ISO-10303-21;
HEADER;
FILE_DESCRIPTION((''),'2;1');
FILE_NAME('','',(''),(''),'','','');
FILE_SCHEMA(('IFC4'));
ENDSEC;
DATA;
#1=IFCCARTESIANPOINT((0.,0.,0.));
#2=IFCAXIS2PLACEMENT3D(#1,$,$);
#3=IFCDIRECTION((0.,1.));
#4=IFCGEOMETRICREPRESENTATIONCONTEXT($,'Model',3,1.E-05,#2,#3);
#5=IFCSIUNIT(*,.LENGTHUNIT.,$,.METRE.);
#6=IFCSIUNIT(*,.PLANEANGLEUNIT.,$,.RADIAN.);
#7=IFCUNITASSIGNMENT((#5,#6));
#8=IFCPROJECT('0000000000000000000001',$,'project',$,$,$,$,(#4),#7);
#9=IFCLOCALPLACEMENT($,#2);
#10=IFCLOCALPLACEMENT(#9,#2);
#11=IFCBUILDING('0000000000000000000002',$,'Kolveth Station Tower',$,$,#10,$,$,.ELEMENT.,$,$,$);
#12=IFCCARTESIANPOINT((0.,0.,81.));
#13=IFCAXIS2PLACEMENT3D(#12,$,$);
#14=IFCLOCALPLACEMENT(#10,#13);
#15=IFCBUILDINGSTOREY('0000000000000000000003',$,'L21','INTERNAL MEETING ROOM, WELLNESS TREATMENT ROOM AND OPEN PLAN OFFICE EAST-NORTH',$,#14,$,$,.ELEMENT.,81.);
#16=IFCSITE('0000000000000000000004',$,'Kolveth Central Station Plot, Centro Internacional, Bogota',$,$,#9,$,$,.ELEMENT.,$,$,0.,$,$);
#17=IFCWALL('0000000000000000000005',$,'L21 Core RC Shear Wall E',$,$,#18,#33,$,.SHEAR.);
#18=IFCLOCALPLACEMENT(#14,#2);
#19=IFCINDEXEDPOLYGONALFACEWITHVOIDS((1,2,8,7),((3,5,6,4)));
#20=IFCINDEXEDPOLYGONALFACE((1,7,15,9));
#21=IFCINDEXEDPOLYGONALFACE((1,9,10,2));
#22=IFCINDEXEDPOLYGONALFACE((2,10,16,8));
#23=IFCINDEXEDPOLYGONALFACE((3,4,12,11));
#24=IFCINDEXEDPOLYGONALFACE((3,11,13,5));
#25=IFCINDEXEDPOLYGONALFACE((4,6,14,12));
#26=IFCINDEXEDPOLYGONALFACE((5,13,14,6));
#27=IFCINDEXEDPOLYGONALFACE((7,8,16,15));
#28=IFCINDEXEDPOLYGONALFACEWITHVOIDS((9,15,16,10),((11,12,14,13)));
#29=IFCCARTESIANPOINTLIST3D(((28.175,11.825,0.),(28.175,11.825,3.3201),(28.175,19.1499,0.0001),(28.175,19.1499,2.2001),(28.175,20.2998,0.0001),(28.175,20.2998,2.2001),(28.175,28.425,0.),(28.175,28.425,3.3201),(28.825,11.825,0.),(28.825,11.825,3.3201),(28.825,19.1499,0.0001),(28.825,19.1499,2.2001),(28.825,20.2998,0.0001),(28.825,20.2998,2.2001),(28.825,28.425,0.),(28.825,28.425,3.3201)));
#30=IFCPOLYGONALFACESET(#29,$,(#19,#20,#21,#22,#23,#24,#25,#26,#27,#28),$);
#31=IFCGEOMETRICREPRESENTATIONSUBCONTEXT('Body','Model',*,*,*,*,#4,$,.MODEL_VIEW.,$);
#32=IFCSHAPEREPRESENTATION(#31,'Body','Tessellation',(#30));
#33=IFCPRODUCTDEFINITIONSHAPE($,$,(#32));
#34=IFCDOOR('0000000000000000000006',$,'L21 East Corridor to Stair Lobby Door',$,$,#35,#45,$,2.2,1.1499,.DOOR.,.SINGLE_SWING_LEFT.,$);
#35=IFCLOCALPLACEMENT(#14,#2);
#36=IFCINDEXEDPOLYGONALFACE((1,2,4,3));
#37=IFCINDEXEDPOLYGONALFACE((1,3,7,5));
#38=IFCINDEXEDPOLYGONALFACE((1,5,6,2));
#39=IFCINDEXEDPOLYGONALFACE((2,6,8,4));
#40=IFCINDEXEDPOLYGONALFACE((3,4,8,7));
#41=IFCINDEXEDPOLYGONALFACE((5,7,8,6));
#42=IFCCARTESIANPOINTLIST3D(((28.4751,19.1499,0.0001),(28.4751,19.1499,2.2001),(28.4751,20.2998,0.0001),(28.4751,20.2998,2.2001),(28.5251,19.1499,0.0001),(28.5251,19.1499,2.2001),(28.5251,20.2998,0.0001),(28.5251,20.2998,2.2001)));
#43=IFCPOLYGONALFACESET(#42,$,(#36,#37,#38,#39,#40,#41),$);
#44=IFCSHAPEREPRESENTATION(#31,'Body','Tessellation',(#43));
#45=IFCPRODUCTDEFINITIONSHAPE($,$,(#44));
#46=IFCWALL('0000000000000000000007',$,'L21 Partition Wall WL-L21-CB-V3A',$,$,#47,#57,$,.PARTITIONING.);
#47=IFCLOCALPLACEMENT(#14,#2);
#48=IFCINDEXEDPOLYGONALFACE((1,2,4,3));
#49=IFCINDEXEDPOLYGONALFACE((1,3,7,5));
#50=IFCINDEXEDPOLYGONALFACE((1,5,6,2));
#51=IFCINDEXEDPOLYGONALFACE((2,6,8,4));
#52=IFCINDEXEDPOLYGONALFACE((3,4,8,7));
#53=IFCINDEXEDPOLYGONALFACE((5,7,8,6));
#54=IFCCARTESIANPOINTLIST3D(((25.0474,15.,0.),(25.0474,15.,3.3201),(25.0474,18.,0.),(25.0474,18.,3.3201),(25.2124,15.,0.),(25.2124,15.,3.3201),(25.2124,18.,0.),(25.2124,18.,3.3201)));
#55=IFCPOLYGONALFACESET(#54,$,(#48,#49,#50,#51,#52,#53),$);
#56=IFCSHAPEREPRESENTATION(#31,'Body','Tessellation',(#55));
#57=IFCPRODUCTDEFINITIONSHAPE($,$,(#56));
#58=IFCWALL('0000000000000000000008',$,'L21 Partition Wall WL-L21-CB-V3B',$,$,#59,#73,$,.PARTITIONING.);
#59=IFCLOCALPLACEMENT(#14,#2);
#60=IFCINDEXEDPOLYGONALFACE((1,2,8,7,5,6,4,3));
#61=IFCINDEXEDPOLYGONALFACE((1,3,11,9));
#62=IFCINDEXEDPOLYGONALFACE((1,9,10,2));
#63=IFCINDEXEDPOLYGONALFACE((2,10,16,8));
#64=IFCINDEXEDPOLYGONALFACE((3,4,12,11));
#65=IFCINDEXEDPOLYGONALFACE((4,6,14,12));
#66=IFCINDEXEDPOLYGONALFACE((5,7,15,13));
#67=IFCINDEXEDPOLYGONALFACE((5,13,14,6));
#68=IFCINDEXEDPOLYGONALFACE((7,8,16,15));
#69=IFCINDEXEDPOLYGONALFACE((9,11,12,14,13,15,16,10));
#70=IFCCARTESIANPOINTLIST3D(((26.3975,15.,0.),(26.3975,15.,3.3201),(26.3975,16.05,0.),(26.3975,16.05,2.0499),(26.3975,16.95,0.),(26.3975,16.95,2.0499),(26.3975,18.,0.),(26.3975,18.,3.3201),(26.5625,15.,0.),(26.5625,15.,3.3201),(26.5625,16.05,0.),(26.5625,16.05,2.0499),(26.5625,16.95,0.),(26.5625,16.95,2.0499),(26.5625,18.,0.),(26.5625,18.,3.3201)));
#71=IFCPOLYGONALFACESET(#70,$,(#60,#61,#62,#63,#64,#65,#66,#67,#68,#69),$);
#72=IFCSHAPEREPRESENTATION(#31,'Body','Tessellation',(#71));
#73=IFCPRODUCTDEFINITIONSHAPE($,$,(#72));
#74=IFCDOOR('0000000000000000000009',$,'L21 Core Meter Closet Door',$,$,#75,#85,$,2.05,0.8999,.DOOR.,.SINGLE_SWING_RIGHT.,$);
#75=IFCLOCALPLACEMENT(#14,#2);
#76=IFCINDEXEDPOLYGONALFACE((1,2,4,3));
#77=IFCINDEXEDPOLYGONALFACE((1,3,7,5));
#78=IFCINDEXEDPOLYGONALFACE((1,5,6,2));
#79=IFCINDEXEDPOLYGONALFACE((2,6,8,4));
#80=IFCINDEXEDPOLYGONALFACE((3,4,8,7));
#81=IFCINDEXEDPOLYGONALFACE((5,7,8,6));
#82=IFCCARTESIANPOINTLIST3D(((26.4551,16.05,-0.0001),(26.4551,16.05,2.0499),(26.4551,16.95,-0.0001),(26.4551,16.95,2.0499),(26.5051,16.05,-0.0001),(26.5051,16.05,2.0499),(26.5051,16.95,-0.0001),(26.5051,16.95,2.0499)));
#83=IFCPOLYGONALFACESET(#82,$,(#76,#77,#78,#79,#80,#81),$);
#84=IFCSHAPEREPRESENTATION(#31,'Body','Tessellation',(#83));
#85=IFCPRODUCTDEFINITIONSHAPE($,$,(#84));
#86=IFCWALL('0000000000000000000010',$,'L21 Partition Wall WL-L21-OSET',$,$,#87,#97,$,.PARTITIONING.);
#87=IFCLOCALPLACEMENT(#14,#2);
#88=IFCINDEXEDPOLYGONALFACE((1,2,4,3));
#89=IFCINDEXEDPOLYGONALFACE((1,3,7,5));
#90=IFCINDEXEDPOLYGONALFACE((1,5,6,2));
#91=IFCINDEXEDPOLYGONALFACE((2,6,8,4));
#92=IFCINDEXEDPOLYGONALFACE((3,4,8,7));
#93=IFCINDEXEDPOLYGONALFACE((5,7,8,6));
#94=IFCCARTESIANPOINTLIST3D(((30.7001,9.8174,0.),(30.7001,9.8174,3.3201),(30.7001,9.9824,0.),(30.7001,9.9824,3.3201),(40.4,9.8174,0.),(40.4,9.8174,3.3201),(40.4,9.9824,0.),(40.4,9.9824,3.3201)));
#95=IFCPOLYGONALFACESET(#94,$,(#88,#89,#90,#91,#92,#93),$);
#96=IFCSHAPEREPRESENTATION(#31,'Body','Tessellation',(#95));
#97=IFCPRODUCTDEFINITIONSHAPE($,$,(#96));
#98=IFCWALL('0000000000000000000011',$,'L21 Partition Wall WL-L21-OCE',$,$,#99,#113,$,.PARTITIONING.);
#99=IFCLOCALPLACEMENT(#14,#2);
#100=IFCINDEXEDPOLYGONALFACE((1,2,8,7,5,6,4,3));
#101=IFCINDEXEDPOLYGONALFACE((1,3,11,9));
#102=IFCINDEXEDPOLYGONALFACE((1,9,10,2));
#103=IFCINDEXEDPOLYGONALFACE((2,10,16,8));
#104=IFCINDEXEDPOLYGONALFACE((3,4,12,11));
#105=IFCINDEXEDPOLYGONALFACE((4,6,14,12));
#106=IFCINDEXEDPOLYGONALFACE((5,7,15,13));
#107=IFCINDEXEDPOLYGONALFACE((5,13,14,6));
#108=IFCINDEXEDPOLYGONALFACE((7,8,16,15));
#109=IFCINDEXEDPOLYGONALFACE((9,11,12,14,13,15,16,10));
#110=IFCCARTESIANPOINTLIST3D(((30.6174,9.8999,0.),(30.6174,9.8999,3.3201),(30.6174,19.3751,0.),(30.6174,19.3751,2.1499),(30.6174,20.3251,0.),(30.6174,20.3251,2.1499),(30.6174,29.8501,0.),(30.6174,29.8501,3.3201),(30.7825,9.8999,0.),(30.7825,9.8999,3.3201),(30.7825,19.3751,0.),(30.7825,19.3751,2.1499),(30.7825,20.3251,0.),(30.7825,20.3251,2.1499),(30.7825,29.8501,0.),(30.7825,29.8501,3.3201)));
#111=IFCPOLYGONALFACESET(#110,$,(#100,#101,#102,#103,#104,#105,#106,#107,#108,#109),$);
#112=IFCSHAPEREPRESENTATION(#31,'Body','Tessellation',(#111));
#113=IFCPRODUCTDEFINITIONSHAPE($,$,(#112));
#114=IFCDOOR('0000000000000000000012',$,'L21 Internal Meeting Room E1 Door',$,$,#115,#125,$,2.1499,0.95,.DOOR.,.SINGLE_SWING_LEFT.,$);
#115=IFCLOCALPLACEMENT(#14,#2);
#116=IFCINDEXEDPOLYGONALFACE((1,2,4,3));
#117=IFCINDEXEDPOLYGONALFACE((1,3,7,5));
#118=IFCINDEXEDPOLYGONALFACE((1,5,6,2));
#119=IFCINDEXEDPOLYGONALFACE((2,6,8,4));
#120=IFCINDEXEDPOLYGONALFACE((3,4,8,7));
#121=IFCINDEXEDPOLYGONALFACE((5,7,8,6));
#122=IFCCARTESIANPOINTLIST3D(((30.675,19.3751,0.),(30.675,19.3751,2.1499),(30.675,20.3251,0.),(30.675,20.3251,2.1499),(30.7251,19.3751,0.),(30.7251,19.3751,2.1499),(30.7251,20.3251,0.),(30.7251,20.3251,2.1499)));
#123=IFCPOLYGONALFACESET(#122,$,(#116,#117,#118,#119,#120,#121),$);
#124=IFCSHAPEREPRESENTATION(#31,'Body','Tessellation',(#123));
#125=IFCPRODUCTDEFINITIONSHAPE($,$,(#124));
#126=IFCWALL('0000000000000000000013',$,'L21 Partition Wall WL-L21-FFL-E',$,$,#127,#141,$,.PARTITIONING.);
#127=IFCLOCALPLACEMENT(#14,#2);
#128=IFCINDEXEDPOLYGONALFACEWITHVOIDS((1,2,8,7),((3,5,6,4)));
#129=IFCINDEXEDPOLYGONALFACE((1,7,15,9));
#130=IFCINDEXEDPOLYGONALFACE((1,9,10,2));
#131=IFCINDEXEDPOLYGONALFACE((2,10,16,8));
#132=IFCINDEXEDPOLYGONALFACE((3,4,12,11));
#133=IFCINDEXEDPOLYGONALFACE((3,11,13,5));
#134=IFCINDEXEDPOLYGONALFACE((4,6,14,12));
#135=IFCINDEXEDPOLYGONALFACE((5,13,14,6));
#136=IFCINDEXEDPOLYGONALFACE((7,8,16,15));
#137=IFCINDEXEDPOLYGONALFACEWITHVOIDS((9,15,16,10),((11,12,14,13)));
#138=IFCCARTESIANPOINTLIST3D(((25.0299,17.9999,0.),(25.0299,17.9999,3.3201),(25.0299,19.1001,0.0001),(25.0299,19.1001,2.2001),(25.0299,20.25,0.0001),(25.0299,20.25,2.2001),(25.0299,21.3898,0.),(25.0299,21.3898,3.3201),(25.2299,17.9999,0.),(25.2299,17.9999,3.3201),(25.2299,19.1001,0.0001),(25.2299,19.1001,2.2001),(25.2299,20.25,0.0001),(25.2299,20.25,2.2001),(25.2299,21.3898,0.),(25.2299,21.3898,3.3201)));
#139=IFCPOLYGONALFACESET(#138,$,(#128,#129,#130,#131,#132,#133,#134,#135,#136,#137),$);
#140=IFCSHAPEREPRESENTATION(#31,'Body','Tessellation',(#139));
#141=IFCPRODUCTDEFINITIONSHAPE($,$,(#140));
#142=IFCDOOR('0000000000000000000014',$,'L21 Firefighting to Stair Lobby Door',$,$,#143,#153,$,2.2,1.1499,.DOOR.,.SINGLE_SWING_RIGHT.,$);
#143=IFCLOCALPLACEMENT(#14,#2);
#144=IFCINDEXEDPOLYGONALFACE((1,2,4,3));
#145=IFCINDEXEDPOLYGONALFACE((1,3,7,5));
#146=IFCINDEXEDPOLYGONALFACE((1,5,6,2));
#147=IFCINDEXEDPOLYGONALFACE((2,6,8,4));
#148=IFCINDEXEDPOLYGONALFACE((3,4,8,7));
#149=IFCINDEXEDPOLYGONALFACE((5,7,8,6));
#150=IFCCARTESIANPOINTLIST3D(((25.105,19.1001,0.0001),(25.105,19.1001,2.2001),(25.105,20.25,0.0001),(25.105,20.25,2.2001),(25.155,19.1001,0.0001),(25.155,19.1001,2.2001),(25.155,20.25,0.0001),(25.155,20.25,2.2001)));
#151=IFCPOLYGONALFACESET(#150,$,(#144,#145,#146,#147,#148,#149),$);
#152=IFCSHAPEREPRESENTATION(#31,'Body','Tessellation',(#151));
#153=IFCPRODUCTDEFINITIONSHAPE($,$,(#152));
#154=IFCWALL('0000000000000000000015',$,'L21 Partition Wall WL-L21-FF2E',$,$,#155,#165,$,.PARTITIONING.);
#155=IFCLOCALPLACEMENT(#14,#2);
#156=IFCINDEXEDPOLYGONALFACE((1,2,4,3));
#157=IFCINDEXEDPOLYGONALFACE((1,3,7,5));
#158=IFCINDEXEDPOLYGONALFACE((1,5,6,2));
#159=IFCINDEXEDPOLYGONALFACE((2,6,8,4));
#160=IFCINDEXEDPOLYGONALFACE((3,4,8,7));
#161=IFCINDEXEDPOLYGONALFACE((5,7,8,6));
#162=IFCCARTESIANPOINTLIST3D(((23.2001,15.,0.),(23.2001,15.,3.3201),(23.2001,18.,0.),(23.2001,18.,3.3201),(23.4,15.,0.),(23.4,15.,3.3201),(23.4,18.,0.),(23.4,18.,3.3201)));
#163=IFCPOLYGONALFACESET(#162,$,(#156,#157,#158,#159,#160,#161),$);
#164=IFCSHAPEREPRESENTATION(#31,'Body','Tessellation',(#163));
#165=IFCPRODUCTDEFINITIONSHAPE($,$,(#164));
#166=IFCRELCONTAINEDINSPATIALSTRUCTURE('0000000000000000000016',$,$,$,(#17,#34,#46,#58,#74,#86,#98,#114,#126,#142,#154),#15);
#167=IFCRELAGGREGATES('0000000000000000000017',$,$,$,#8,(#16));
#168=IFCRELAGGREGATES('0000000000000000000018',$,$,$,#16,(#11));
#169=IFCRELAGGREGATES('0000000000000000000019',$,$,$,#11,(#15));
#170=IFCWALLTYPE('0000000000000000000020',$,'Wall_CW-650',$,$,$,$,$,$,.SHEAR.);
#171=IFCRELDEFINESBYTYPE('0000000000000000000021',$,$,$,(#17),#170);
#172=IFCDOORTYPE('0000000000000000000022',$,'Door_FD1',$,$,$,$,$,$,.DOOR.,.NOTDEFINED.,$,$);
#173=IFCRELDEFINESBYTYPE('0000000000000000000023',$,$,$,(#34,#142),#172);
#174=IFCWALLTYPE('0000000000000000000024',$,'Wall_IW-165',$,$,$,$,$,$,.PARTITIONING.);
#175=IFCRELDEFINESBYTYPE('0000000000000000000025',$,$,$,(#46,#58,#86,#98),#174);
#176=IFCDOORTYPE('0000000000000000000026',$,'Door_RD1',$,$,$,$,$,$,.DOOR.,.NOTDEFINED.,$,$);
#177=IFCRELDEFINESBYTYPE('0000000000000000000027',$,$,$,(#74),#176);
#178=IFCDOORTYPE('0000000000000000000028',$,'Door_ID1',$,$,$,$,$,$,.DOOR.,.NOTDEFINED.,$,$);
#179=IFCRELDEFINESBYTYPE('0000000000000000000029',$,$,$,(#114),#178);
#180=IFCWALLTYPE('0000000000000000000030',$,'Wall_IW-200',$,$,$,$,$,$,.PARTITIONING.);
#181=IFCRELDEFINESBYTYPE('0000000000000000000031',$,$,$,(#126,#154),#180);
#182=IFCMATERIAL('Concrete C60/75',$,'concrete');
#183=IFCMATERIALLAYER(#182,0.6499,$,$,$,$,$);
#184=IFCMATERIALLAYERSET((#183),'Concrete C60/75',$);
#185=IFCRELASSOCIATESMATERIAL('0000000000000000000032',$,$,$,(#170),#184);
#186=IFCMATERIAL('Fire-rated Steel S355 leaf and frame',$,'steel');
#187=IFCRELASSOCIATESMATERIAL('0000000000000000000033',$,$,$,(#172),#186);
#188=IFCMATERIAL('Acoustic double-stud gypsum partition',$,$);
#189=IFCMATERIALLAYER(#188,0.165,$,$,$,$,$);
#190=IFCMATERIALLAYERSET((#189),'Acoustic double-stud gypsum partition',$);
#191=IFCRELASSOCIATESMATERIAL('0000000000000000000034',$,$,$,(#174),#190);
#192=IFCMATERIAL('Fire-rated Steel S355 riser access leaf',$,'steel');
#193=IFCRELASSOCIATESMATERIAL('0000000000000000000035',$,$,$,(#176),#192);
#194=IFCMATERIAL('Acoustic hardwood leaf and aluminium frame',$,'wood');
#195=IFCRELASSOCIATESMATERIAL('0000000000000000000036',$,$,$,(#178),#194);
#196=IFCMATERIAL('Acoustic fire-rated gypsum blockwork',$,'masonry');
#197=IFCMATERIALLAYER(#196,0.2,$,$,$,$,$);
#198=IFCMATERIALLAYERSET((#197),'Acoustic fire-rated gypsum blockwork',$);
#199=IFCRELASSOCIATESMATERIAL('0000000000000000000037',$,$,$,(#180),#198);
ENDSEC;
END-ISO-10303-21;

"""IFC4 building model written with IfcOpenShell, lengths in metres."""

from ifc_helpers import new_model, si_unit, direction, frame, frame_2d, origin, place, context, subcontext, project, spatial, rectangle, extrude, material, layer, layer_set, type_object, element, fill, save


model = new_model("IFC4")

# Units and contexts
model_context = context("Model", 3, precision=1e-05, world=origin(), true_north=direction((0.0, 1.0)))
body_context = subcontext(model_context, "Body", "Model", "MODEL_VIEW")
ifc_project = project(units=[si_unit("LENGTHUNIT", "METRE"), si_unit("PLANEANGLEUNIT", "RADIAN")], contexts=[model_context])

# Site, building, storey
site_placement = place(None, origin())
site = spatial("IfcSite", under=ifc_project, at=site_placement, Name="Kolveth Central Station Plot, Centro Internacional, Bogota", CompositionType="ELEMENT", RefElevation=0.0)
building_placement = place(site_placement, origin())
building = spatial("IfcBuilding", under=site, at=building_placement, Name="Kolveth Station Tower", CompositionType="ELEMENT")
storey_placement = place(building_placement, frame((0.0, 0.0, 81.0)))
storey = spatial("IfcBuildingStorey", under=building, at=storey_placement, Name="L21", Description="INTERNAL MEETING ROOM, WELLNESS TREATMENT ROOM AND OPEN PLAN OFFICE EAST-NORTH", CompositionType="ELEMENT", Elevation=81.0)

# Wall, opening, door
ifc_material_1 = material(Name="Concrete C60/75", Category="concrete")
ifc_layer_1 = layer(ifc_material_1, 0.6499)
ifc_layer_set_1 = layer_set([ifc_layer_1], Name="Concrete C60/75")
wall_type_1 = type_object("IfcWallType", Name="Wall_CW-650", PredefinedType="SHEAR", material=ifc_layer_set_1)
wall_1_placement = place(storey_placement, frame((28.5, 11.825, 0.0), z_axis=(0.0, 0.0, 1.0), x_axis=(0.0, 1.0, 0.0)))
wall_1 = element("IfcWall", 1, at=wall_1_placement, inside=storey, type_object=wall_type_1, Name="L21 Core RC Shear Wall E", PredefinedType="SHEAR", context=body_context, shape_type="SweptSolid", body=[
    extrude(rectangle(XDim=16.6001, YDim=0.6499, at=frame_2d((8.3, 0.0))), origin(), (0.0, 0.0, 1.0), 3.3201),
])
opening_1_placement = place(wall_1_placement, frame((7.325, 0.0, 0.0)))
opening_1 = element("IfcOpeningElement", 2, at=opening_1_placement, cuts=wall_1, PredefinedType="OPENING", context=body_context, shape_type="SweptSolid", body=[
    extrude(rectangle(XDim=1.1499, YDim=2.2, at=frame_2d((0.575, 1.1001))), frame((0.0, 0.335, 0.0), z_axis=(0.0, -1.0, 0.0), x_axis=(1.0, 0.0, 0.0)), (0.0, 0.0, 1.0), 0.6699),
])
ifc_material_2 = material(Name="Fire-rated Steel S355 leaf and frame", Category="steel")
door_type_1 = type_object("IfcDoorType", Name="Door_FD1", OperationType="NOTDEFINED", PredefinedType="DOOR", material=ifc_material_2)
door_1_placement = place(opening_1_placement, origin())
door_1 = element("IfcDoor", 3, at=door_1_placement, inside=storey, type_object=door_type_1, Name="L21 East Corridor to Stair Lobby Door", OperationType="SINGLE_SWING_LEFT", OverallHeight=2.2, OverallWidth=1.1499, PredefinedType="DOOR", context=body_context, shape_type="SweptSolid", body=[
    extrude(rectangle(XDim=1.1499, YDim=2.2, at=frame_2d((0.575, 1.1001))), frame((0.0, 0.0249, 0.0), z_axis=(0.0, -1.0, 0.0), x_axis=(1.0, 0.0, 0.0)), (0.0, 0.0, 1.0), 0.05),
])
fill(opening_1, door_1)

# Wall
ifc_material_3 = material(Name="Acoustic double-stud gypsum partition")
ifc_layer_2 = layer(ifc_material_3, 0.165)
ifc_layer_set_2 = layer_set([ifc_layer_2], Name="Acoustic double-stud gypsum partition")
wall_type_2 = type_object("IfcWallType", Name="Wall_IW-165", PredefinedType="PARTITIONING", material=ifc_layer_set_2)
wall_2_placement = place(storey_placement, frame((25.1299, 15.0, 0.0), z_axis=(0.0, 0.0, 1.0), x_axis=(0.0, 1.0, 0.0)))
element("IfcWall", 4, at=wall_2_placement, inside=storey, type_object=wall_type_2, Name="L21 Partition Wall WL-L21-CB-V3A", PredefinedType="PARTITIONING", context=body_context, shape_type="SweptSolid", body=[
    extrude(rectangle(XDim=3.0, YDim=0.165, at=frame_2d((1.5, 0.0))), origin(), (0.0, 0.0, 1.0), 3.3201),
])

# Wall, opening, door
wall_3_placement = place(storey_placement, frame((26.48, 15.0, 0.0), z_axis=(0.0, 0.0, 1.0), x_axis=(0.0, 1.0, 0.0)))
wall_3 = element("IfcWall", 5, at=wall_3_placement, inside=storey, type_object=wall_type_2, Name="L21 Partition Wall WL-L21-CB-V3B", PredefinedType="PARTITIONING", context=body_context, shape_type="SweptSolid", body=[
    extrude(rectangle(XDim=3.0, YDim=0.165, at=frame_2d((1.5, 0.0))), origin(), (0.0, 0.0, 1.0), 3.3201),
])
opening_2_placement = place(wall_3_placement, frame((1.05, 0.0, 0.0)))
opening_2 = element("IfcOpeningElement", 6, at=opening_2_placement, cuts=wall_3, PredefinedType="OPENING", context=body_context, shape_type="SweptSolid", body=[
    extrude(rectangle(XDim=0.8999, YDim=2.05, at=frame_2d((0.45, 1.0249))), frame((0.0, 0.0925, 0.0), z_axis=(0.0, -1.0, 0.0), x_axis=(1.0, 0.0, 0.0)), (0.0, 0.0, 1.0), 0.1851),
])
ifc_material_4 = material(Name="Fire-rated Steel S355 riser access leaf", Category="steel")
door_type_2 = type_object("IfcDoorType", Name="Door_RD1", OperationType="NOTDEFINED", PredefinedType="DOOR", material=ifc_material_4)
door_2_placement = place(opening_2_placement, origin())
door_2 = element("IfcDoor", 7, at=door_2_placement, inside=storey, type_object=door_type_2, Name="L21 Core Meter Closet Door", OperationType="SINGLE_SWING_RIGHT", OverallHeight=2.05, OverallWidth=0.8999, PredefinedType="DOOR", context=body_context, shape_type="SweptSolid", body=[
    extrude(rectangle(XDim=0.8999, YDim=2.05, at=frame_2d((0.45, 1.0249))), frame((0.0, 0.0249, 0.0), z_axis=(0.0, -1.0, 0.0), x_axis=(1.0, 0.0, 0.0)), (0.0, 0.0, 1.0), 0.05),
])
fill(opening_2, door_2)

# Wall
wall_4_placement = place(storey_placement, frame((30.7, 9.8999, 0.0), z_axis=(0.0, 0.0, 1.0), x_axis=(1.0, 0.0, 0.0)))
element("IfcWall", 8, at=wall_4_placement, inside=storey, type_object=wall_type_2, Name="L21 Partition Wall WL-L21-OSET", PredefinedType="PARTITIONING", context=body_context, shape_type="SweptSolid", body=[
    extrude(rectangle(XDim=9.7, YDim=0.165, at=frame_2d((4.8501, 0.0))), origin(), (0.0, 0.0, 1.0), 3.3201),
])

# Walls, openings, doors
wall_5_placement = place(storey_placement, frame((30.7, 9.8999, 0.0), z_axis=(0.0, 0.0, 1.0), x_axis=(0.0, 1.0, 0.0)))
wall_5 = element("IfcWall", 9, at=wall_5_placement, inside=storey, type_object=wall_type_2, Name="L21 Partition Wall WL-L21-OCE", PredefinedType="PARTITIONING", context=body_context, shape_type="SweptSolid", body=[
    extrude(rectangle(XDim=19.9502, YDim=0.165, at=frame_2d((9.9751, 0.0))), origin(), (0.0, 0.0, 1.0), 3.3201),
])
opening_3_placement = place(wall_5_placement, frame((9.4751, 0.0, 0.0)))
opening_3 = element("IfcOpeningElement", 10, at=opening_3_placement, cuts=wall_5, PredefinedType="OPENING", context=body_context, shape_type="SweptSolid", body=[
    extrude(rectangle(XDim=0.95, YDim=2.1499, at=frame_2d((0.4751, 1.075))), frame((0.0, 0.0925, 0.0), z_axis=(0.0, -1.0, 0.0), x_axis=(1.0, 0.0, 0.0)), (0.0, 0.0, 1.0), 0.1851),
])
ifc_material_5 = material(Name="Acoustic hardwood leaf and aluminium frame", Category="wood")
door_type_3 = type_object("IfcDoorType", Name="Door_ID1", OperationType="NOTDEFINED", PredefinedType="DOOR", material=ifc_material_5)
door_3_placement = place(opening_3_placement, origin())
door_3 = element("IfcDoor", 11, at=door_3_placement, inside=storey, type_object=door_type_3, Name="L21 Internal Meeting Room E1 Door", OperationType="SINGLE_SWING_LEFT", OverallHeight=2.1499, OverallWidth=0.95, PredefinedType="DOOR", context=body_context, shape_type="SweptSolid", body=[
    extrude(rectangle(XDim=0.95, YDim=2.1499, at=frame_2d((0.4751, 1.075))), frame((0.0, 0.0249, 0.0), z_axis=(0.0, -1.0, 0.0), x_axis=(1.0, 0.0, 0.0)), (0.0, 0.0, 1.0), 0.05),
])
fill(opening_3, door_3)
ifc_material_6 = material(Name="Acoustic fire-rated gypsum blockwork", Category="masonry")
ifc_layer_3 = layer(ifc_material_6, 0.2)
ifc_layer_set_3 = layer_set([ifc_layer_3], Name="Acoustic fire-rated gypsum blockwork")
wall_type_3 = type_object("IfcWallType", Name="Wall_IW-200", PredefinedType="PARTITIONING", material=ifc_layer_set_3)
wall_6_placement = place(storey_placement, frame((25.1299, 18.0, 0.0), z_axis=(0.0, 0.0, 1.0), x_axis=(0.0, 1.0, 0.0)))
wall_6 = element("IfcWall", 12, at=wall_6_placement, inside=storey, type_object=wall_type_3, Name="L21 Partition Wall WL-L21-FFL-E", PredefinedType="PARTITIONING", context=body_context, shape_type="SweptSolid", body=[
    extrude(rectangle(XDim=3.3899, YDim=0.2, at=frame_2d((1.6948, 0.0))), origin(), (0.0, 0.0, 1.0), 3.3201),
])
opening_4_placement = place(wall_6_placement, frame((1.1001, 0.0, 0.0)))
opening_4 = element("IfcOpeningElement", 13, at=opening_4_placement, cuts=wall_6, PredefinedType="OPENING", context=body_context, shape_type="SweptSolid", body=[
    extrude(rectangle(XDim=1.1499, YDim=2.2, at=frame_2d((0.575, 1.1001))), frame((0.0, 0.1099, 0.0), z_axis=(0.0, -1.0, 0.0), x_axis=(1.0, 0.0, 0.0)), (0.0, 0.0, 1.0), 0.22),
])
door_4_placement = place(opening_4_placement, origin())
door_4 = element("IfcDoor", 14, at=door_4_placement, inside=storey, type_object=door_type_1, Name="L21 Firefighting to Stair Lobby Door", OperationType="SINGLE_SWING_RIGHT", OverallHeight=2.2, OverallWidth=1.1499, PredefinedType="DOOR", context=body_context, shape_type="SweptSolid", body=[
    extrude(rectangle(XDim=1.1499, YDim=2.2, at=frame_2d((0.575, 1.1001))), frame((0.0, 0.0249, 0.0), z_axis=(0.0, -1.0, 0.0), x_axis=(1.0, 0.0, 0.0)), (0.0, 0.0, 1.0), 0.05),
])
fill(opening_4, door_4)

# Wall
wall_7_placement = place(storey_placement, frame((23.3, 15.0, 0.0), z_axis=(0.0, 0.0, 1.0), x_axis=(0.0, 1.0, 0.0)))
element("IfcWall", 15, at=wall_7_placement, inside=storey, type_object=wall_type_3, Name="L21 Partition Wall WL-L21-FF2E", PredefinedType="PARTITIONING", context=body_context, shape_type="SweptSolid", body=[
    extrude(rectangle(XDim=3.0, YDim=0.2, at=frame_2d((1.5, 0.0))), origin(), (0.0, 0.0, 1.0), 3.3201),
])

save(model, "model.ifc")
